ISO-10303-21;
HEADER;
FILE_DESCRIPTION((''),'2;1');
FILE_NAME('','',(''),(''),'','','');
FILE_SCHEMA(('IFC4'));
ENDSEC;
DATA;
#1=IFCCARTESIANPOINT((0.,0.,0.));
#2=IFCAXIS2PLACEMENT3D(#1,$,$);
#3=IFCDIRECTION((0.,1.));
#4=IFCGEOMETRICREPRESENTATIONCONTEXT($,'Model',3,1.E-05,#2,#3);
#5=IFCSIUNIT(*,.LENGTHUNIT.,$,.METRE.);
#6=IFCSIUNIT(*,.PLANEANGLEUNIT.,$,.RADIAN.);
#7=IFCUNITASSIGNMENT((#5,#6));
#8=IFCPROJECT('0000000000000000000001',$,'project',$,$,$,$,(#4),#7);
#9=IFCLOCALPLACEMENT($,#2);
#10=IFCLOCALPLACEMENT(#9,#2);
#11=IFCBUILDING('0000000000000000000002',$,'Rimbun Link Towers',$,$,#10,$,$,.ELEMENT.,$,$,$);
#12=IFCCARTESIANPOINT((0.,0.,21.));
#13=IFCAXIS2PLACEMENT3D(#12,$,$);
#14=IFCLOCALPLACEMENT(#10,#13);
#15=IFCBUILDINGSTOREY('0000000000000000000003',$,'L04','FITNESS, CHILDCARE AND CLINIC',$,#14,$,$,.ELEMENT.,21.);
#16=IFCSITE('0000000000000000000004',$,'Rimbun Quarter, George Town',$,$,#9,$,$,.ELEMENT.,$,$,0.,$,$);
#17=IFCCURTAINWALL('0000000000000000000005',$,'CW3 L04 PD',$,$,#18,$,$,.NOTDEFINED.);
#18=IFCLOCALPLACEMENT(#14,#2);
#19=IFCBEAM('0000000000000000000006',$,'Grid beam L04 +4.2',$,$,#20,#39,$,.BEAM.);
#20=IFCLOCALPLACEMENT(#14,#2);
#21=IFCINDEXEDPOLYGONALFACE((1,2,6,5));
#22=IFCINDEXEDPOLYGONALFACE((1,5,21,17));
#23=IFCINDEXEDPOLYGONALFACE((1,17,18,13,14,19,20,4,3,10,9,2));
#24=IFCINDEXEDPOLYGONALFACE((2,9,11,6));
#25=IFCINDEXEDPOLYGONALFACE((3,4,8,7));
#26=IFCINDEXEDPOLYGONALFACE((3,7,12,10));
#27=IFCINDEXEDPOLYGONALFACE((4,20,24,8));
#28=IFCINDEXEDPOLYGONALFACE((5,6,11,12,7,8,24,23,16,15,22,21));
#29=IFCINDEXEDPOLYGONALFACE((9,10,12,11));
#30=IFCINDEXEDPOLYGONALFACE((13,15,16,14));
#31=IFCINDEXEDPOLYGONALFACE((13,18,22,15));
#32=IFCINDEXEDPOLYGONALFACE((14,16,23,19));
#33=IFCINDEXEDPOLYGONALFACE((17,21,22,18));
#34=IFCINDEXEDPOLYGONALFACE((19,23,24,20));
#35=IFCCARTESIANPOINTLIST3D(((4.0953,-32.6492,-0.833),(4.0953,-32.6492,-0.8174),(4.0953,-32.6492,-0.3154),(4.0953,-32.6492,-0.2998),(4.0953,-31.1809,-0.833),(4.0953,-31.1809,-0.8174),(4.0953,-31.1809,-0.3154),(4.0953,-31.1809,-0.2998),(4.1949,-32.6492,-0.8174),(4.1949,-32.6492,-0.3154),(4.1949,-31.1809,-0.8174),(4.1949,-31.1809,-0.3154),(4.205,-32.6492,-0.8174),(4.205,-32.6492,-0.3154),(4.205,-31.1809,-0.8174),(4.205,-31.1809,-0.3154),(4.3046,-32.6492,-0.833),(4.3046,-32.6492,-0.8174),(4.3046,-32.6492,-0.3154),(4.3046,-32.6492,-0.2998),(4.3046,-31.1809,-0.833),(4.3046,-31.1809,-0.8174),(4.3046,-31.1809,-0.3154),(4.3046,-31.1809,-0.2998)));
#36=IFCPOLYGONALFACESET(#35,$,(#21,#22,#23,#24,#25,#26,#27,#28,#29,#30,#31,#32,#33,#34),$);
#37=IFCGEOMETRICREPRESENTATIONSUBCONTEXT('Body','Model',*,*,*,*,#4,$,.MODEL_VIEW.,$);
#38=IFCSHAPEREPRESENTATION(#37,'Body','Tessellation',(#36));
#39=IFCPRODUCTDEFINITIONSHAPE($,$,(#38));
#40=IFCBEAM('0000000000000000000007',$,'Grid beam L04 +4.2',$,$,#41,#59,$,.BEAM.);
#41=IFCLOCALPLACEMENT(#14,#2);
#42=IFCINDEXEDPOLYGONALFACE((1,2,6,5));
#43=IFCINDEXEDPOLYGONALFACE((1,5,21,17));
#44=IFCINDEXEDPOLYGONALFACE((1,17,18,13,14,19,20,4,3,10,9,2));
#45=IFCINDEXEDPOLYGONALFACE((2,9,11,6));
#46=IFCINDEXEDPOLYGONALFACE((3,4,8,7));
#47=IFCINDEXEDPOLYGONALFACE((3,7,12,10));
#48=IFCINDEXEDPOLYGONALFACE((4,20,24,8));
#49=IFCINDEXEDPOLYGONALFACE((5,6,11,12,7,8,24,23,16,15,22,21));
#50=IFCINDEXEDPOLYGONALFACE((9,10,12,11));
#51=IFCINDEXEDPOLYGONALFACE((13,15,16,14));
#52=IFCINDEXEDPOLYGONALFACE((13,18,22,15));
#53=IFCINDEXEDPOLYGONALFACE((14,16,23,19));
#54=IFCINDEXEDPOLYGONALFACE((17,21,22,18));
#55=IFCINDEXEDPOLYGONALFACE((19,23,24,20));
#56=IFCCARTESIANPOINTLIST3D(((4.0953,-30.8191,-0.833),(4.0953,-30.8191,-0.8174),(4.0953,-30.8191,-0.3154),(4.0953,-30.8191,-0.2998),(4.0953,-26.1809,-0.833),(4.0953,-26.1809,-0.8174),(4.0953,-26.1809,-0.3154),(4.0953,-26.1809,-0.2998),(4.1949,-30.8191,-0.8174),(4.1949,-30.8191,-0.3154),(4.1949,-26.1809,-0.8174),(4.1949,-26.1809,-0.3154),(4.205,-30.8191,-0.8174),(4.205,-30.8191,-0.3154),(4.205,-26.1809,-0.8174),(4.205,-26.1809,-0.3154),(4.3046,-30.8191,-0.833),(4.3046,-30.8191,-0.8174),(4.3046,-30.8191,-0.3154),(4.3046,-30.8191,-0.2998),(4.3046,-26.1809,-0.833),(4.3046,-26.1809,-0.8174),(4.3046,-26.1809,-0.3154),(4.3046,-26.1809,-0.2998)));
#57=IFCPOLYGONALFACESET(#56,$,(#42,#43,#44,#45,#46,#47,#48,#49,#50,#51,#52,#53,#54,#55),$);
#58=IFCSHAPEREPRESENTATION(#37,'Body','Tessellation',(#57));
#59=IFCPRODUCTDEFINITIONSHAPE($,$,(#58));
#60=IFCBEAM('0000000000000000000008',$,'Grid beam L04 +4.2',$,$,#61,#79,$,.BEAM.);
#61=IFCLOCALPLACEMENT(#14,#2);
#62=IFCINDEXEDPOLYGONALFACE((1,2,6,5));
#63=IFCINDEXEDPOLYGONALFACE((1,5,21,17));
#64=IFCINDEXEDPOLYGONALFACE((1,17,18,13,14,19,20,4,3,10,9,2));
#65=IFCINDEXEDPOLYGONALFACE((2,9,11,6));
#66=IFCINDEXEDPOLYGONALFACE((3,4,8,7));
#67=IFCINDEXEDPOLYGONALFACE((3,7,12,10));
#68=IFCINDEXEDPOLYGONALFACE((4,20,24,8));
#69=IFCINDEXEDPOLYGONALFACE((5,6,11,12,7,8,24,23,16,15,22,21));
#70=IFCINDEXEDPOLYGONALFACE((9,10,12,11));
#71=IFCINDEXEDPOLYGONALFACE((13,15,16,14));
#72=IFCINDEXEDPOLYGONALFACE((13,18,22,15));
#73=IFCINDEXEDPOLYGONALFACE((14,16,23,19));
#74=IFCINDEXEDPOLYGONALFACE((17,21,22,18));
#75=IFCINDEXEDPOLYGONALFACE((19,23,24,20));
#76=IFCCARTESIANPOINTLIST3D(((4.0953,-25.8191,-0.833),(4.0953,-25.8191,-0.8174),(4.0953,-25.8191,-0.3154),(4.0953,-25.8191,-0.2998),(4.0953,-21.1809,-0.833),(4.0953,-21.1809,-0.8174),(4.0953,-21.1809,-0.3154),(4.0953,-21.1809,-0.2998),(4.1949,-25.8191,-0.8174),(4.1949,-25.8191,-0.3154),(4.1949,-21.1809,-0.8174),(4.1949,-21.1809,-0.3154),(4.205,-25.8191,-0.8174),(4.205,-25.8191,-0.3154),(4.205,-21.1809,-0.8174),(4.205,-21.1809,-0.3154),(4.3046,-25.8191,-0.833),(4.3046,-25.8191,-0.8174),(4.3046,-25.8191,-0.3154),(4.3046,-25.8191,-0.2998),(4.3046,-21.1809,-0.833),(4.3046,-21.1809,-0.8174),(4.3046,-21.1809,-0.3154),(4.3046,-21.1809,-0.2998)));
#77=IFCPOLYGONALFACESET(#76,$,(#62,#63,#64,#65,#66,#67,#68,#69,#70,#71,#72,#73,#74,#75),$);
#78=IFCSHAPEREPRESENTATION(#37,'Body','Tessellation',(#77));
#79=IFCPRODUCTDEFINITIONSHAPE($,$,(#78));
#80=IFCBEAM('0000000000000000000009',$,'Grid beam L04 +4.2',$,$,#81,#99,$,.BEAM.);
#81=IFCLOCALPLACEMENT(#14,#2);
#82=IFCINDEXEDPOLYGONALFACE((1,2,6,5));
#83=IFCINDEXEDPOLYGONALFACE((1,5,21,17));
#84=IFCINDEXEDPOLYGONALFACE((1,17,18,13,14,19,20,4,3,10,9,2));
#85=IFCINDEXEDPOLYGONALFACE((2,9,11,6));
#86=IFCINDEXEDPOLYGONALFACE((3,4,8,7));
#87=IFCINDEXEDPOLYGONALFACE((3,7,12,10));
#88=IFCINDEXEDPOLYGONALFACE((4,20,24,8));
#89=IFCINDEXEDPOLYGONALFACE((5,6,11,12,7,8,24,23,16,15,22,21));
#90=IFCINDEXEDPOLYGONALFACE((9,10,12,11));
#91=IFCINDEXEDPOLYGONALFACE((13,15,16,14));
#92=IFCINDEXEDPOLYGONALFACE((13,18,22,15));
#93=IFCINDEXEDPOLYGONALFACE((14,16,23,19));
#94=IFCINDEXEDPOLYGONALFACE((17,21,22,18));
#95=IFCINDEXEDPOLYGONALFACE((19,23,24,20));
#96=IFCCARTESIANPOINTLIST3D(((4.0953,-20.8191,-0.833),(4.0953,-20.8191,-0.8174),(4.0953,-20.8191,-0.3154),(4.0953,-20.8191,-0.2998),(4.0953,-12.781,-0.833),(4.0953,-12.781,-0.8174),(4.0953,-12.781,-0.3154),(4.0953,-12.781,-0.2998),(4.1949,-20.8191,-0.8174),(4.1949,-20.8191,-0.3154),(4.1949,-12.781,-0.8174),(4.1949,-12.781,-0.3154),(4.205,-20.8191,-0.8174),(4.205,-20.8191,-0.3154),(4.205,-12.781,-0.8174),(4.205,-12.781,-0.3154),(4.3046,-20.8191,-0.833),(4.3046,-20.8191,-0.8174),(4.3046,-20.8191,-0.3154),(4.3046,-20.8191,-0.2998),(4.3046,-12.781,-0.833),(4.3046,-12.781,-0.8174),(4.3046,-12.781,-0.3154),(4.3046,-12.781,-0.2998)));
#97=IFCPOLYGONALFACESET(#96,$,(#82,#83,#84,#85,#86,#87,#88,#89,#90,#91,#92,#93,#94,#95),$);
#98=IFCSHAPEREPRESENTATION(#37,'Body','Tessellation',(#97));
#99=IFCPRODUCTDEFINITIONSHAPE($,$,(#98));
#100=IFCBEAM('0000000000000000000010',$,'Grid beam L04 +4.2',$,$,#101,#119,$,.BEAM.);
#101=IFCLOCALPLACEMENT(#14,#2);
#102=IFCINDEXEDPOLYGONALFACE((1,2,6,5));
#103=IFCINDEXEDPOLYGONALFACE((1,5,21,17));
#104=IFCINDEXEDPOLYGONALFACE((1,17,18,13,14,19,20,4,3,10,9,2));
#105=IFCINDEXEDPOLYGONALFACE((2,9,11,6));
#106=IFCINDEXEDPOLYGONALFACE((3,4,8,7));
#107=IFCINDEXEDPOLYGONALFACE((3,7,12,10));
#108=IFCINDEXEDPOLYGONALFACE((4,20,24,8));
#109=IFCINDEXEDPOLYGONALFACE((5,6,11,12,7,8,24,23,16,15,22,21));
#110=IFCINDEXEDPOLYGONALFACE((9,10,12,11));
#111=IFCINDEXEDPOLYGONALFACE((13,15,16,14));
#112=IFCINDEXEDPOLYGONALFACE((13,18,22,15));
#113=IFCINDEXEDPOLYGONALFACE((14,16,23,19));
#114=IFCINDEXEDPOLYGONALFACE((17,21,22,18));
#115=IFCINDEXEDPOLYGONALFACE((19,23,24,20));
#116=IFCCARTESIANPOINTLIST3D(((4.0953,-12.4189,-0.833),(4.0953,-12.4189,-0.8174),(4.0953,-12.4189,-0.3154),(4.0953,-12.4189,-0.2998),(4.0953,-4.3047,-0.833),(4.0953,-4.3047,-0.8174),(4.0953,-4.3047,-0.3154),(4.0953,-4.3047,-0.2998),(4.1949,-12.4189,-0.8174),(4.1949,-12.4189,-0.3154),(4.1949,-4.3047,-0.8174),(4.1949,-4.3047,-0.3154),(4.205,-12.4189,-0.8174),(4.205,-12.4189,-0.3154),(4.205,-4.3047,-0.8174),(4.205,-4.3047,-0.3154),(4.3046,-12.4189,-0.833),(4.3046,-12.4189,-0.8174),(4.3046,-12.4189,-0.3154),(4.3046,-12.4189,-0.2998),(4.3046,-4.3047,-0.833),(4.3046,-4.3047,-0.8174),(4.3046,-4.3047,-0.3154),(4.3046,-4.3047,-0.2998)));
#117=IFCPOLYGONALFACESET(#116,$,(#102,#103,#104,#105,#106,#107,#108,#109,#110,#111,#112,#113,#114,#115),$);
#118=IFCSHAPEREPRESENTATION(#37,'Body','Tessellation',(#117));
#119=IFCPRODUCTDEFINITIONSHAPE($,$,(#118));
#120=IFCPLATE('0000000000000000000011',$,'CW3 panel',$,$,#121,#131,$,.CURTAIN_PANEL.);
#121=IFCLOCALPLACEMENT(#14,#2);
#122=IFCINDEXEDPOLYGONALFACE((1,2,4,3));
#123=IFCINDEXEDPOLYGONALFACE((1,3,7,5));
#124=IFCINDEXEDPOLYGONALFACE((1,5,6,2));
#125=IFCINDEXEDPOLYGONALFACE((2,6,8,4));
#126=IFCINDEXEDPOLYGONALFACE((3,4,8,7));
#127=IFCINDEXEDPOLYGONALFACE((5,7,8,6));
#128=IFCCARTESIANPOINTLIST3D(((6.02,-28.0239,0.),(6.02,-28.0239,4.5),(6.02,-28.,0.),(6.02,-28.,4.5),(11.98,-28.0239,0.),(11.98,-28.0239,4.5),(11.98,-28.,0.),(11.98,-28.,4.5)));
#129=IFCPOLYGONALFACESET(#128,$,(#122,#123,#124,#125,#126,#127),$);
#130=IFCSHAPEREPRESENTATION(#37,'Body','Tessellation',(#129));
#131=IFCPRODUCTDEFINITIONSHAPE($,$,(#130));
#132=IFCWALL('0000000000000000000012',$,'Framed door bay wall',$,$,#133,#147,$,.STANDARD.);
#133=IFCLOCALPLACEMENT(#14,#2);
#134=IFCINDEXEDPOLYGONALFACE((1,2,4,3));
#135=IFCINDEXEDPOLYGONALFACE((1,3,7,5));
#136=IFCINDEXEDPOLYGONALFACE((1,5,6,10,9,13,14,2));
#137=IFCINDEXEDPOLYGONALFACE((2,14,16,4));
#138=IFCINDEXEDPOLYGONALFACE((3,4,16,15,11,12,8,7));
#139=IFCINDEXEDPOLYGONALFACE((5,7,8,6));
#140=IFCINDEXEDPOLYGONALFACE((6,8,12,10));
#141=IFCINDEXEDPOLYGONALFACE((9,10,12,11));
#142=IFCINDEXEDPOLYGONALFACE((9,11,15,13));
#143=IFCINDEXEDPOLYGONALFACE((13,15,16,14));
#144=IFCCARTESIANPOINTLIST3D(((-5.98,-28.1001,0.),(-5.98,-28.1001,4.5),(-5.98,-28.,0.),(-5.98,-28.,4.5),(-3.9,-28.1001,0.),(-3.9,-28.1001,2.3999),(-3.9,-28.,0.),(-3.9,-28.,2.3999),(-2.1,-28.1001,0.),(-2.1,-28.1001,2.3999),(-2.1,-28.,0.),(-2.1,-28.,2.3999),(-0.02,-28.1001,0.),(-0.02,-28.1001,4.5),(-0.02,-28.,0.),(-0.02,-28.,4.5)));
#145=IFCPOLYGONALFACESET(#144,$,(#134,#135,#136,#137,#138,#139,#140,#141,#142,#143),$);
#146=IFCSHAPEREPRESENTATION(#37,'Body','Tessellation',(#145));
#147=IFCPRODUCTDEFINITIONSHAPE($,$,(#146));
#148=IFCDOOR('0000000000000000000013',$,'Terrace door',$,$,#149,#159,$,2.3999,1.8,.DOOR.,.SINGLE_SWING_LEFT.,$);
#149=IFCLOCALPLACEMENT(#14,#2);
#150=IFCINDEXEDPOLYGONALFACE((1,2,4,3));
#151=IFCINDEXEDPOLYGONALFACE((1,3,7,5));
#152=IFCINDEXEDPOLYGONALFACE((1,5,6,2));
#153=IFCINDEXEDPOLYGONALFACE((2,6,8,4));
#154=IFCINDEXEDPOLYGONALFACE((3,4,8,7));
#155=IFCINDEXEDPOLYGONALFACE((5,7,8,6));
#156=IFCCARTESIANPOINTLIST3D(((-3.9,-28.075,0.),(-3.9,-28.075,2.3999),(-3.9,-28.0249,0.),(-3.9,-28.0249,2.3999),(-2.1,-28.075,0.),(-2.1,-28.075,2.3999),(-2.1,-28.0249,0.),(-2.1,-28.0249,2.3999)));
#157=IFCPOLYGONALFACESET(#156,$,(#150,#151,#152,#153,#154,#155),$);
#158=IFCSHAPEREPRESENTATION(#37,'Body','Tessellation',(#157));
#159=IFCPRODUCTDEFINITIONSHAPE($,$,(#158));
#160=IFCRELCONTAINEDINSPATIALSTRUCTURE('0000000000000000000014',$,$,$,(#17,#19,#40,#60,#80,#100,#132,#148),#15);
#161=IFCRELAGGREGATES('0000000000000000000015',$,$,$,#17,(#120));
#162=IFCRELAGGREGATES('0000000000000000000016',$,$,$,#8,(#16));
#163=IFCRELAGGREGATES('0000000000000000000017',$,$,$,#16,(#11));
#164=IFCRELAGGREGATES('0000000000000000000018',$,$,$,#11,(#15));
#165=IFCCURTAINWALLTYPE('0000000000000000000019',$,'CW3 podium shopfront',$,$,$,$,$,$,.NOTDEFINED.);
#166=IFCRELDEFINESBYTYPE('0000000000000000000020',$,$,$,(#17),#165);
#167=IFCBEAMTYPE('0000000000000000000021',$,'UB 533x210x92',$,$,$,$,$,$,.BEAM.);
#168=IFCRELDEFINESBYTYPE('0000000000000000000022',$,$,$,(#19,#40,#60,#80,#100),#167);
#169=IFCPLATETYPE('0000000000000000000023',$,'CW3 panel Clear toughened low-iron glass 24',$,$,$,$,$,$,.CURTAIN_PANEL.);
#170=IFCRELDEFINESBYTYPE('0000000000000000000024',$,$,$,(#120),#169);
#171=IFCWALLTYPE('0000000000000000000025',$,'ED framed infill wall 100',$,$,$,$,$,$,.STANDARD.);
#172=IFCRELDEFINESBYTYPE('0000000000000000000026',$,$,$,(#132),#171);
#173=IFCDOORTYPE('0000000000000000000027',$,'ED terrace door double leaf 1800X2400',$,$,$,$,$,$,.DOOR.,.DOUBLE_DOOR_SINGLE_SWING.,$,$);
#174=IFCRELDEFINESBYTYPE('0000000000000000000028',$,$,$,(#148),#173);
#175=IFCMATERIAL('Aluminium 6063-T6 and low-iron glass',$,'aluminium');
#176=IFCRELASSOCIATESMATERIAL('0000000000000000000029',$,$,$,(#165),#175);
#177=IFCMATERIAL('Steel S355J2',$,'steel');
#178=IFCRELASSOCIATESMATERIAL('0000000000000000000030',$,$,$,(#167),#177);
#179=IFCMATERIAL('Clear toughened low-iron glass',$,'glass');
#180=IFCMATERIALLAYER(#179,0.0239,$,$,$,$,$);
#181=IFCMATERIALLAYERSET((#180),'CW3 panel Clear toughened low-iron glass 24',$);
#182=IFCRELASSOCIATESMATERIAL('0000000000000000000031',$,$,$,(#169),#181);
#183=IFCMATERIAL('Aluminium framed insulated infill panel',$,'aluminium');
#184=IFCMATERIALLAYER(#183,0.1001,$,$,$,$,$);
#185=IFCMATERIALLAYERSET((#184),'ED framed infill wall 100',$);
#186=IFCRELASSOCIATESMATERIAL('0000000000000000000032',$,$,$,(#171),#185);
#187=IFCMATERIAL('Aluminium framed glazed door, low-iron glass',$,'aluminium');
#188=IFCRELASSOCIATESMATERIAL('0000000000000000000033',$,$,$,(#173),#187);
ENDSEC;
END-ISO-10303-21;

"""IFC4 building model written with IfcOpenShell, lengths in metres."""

from ifc_helpers import new_model, si_unit, direction, frame, frame_2d, origin, origin_2d, place, context, subcontext, project, spatial, rectangle, i_section, extrude, material, layer, layer_set, material_profile, profile_set, type_object, element, fill, aggregate, save


model = new_model("IFC4")

# Units and contexts
model_context = context("Model", 3, precision=1e-05, world=origin(), true_north=direction((0.0, 1.0)))
body_context = subcontext(model_context, "Body", "Model", "MODEL_VIEW")
ifc_project = project(units=[si_unit("LENGTHUNIT", "METRE"), si_unit("PLANEANGLEUNIT", "RADIAN")], contexts=[model_context])

# Site, building, storey
site_placement = place(None, origin())
site = spatial("IfcSite", under=ifc_project, at=site_placement, Name="Rimbun Quarter, George Town", CompositionType="ELEMENT", RefElevation=0.0)
building_placement = place(site_placement, origin())
building = spatial("IfcBuilding", under=site, at=building_placement, Name="Rimbun Link Towers", CompositionType="ELEMENT")
storey_placement = place(building_placement, frame((0.0, 0.0, 21.0)))
storey = spatial("IfcBuildingStorey", under=building, at=storey_placement, Name="L04", Description="FITNESS, CHILDCARE AND CLINIC", CompositionType="ELEMENT", Elevation=21.0)

# Curtain wall
ifc_material_1 = material(Name="Aluminium 6063-T6 and low-iron glass", Category="aluminium")
curtain_wall_type = type_object("IfcCurtainWallType", Name="CW3 podium shopfront", PredefinedType="NOTDEFINED", material=ifc_material_1)
curtain_wall_placement = place(storey_placement, origin())
curtain_wall = element("IfcCurtainWall", 1, at=curtain_wall_placement, inside=storey, type_object=curtain_wall_type, Name="CW3 L04 PD", PredefinedType="NOTDEFINED")

# Beams
ifc_material_2 = material(Name="Steel S355J2", Category="steel")
ifc_material_profile_1 = material_profile(ifc_material_2, i_section(OverallWidth=0.2092, OverallDepth=0.5332, WebThickness=0.01, FlangeThickness=0.0156, at=origin_2d()), Name="UB 533x210x92")
ifc_profile_set_1 = profile_set([ifc_material_profile_1], Name="Steel S355J2")
beam_type = type_object("IfcBeamType", Name="UB 533x210x92", PredefinedType="BEAM", material=ifc_profile_set_1)
beam_1_placement = place(storey_placement, frame((4.2, -32.6492, -0.5664), z_axis=(0.0, 1.0, 0.0), x_axis=(-1.0, 0.0, 0.0)))
element("IfcBeam", 2, at=beam_1_placement, inside=storey, type_object=beam_type, Name="Grid beam L04 +4.2", PredefinedType="BEAM", context=body_context, shape_type="SweptSolid", body=[
    extrude(i_section(OverallWidth=0.2092, OverallDepth=0.5332, WebThickness=0.01, FlangeThickness=0.0156, at=origin_2d()), origin(), (0.0, 0.0, 1.0), 1.4683),
])
for number, where, z_axis, x_axis, name in (
    (3, (4.2, -30.8191, -0.5664), (0.0, 1.0, 0.0), (-1.0, 0.0, 0.0), "Grid beam L04 +4.2"),
    (4, (4.2, -25.8191, -0.5664), (0.0, 1.0, 0.0), (-1.0, 0.0, 0.0), "Grid beam L04 +4.2"),
):
    element("IfcBeam", number, at=place(storey_placement, frame(where, z_axis=z_axis, x_axis=x_axis)), inside=storey, type_object=beam_type, Name=name, PredefinedType="BEAM", context=body_context, shape_type="SweptSolid", body=[
        extrude(i_section(OverallWidth=0.2092, OverallDepth=0.5332, WebThickness=0.01, FlangeThickness=0.0156, at=origin_2d()), origin(), (0.0, 0.0, 1.0), 4.6382),
    ])
beam_2_placement = place(storey_placement, frame((4.2, -20.8191, -0.5664), z_axis=(0.0, 1.0, 0.0), x_axis=(-1.0, 0.0, 0.0)))
element("IfcBeam", 5, at=beam_2_placement, inside=storey, type_object=beam_type, Name="Grid beam L04 +4.2", PredefinedType="BEAM", context=body_context, shape_type="SweptSolid", body=[
    extrude(i_section(OverallWidth=0.2092, OverallDepth=0.5332, WebThickness=0.01, FlangeThickness=0.0156, at=origin_2d()), origin(), (0.0, 0.0, 1.0), 8.0381),
])
beam_3_placement = place(storey_placement, frame((4.2, -12.4189, -0.5664), z_axis=(0.0, 1.0, 0.0), x_axis=(-1.0, 0.0, 0.0)))
element("IfcBeam", 6, at=beam_3_placement, inside=storey, type_object=beam_type, Name="Grid beam L04 +4.2", PredefinedType="BEAM", context=body_context, shape_type="SweptSolid", body=[
    extrude(i_section(OverallWidth=0.2092, OverallDepth=0.5332, WebThickness=0.01, FlangeThickness=0.0156, at=origin_2d()), origin(), (0.0, 0.0, 1.0), 8.1143),
])

# Plate
ifc_material_3 = material(Name="Clear toughened low-iron glass", Category="glass")
ifc_layer_1 = layer(ifc_material_3, 0.0239)
ifc_layer_set_1 = layer_set([ifc_layer_1], Name="CW3 panel Clear toughened low-iron glass 24")
plate_type = type_object("IfcPlateType", Name="CW3 panel Clear toughened low-iron glass 24", PredefinedType="CURTAIN_PANEL", material=ifc_layer_set_1)
plate_placement = place(storey_placement, frame((9.0, -28.012, 0.0), z_axis=(0.0, 0.0, 1.0), x_axis=(-1.0, 0.0, 0.0)))
plate = element("IfcPlate", 7, at=plate_placement, type_object=plate_type, Name="CW3 panel", PredefinedType="CURTAIN_PANEL", context=body_context, shape_type="SweptSolid", body=[
    extrude(rectangle(XDim=5.96, YDim=0.0239, at=origin_2d()), origin(), (0.0, 0.0, 1.0), 4.5),
])
aggregate(curtain_wall, [plate])

# Wall, opening, door
ifc_material_4 = material(Name="Aluminium framed insulated infill panel", Category="aluminium")
ifc_layer_2 = layer(ifc_material_4, 0.1001)
ifc_layer_set_2 = layer_set([ifc_layer_2], Name="ED framed infill wall 100")
wall_type_1 = type_object("IfcWallType", Name="ED framed infill wall 100", PredefinedType="STANDARD", material=ifc_layer_set_2)
wall_1_placement = place(storey_placement, frame((-0.02, -28.05, 0.0), z_axis=(0.0, 0.0, 1.0), x_axis=(-1.0, 0.0, 0.0)))
wall_1 = element("IfcWall", 8, at=wall_1_placement, inside=storey, type_object=wall_type_1, Name="Framed door bay wall", PredefinedType="STANDARD", context=body_context, shape_type="SweptSolid", body=[
    extrude(rectangle(XDim=5.96, YDim=0.1001, at=frame_2d((2.98, 0.0))), origin(), (0.0, 0.0, 1.0), 4.5),
])
opening_1_placement = place(wall_1_placement, frame((2.0801, 0.0, 0.0)))
opening_1 = element("IfcOpeningElement", 9, at=opening_1_placement, cuts=wall_1, PredefinedType="OPENING", context=body_context, shape_type="SweptSolid", body=[
    extrude(rectangle(XDim=1.8, YDim=2.3999, at=frame_2d((0.8999, 1.2))), frame((0.0, 0.0601, 0.0), z_axis=(0.0, -1.0, 0.0), x_axis=(1.0, 0.0, 0.0)), (0.0, 0.0, 1.0), 0.1201),
])
ifc_material_5 = material(Name="Aluminium framed glazed door, low-iron glass", Category="aluminium")
door_type_1 = type_object("IfcDoorType", Name="ED terrace door double leaf 1800X2400", OperationType="DOUBLE_DOOR_SINGLE_SWING", PredefinedType="DOOR", material=ifc_material_5)
door_1_placement = place(opening_1_placement, origin())
door_1 = element("IfcDoor", 10, at=door_1_placement, inside=storey, type_object=door_type_1, Name="Terrace door", OperationType="SINGLE_SWING_LEFT", OverallHeight=2.3999, OverallWidth=1.8, PredefinedType="DOOR", context=body_context, shape_type="SweptSolid", body=[
    extrude(rectangle(XDim=1.8, YDim=2.3999, at=frame_2d((0.8999, 1.2))), frame((0.0, 0.0249, 0.0), z_axis=(0.0, -1.0, 0.0), x_axis=(1.0, 0.0, 0.0)), (0.0, 0.0, 1.0), 0.05),
])
fill(opening_1, door_1)

save(model, "model.ifc")
